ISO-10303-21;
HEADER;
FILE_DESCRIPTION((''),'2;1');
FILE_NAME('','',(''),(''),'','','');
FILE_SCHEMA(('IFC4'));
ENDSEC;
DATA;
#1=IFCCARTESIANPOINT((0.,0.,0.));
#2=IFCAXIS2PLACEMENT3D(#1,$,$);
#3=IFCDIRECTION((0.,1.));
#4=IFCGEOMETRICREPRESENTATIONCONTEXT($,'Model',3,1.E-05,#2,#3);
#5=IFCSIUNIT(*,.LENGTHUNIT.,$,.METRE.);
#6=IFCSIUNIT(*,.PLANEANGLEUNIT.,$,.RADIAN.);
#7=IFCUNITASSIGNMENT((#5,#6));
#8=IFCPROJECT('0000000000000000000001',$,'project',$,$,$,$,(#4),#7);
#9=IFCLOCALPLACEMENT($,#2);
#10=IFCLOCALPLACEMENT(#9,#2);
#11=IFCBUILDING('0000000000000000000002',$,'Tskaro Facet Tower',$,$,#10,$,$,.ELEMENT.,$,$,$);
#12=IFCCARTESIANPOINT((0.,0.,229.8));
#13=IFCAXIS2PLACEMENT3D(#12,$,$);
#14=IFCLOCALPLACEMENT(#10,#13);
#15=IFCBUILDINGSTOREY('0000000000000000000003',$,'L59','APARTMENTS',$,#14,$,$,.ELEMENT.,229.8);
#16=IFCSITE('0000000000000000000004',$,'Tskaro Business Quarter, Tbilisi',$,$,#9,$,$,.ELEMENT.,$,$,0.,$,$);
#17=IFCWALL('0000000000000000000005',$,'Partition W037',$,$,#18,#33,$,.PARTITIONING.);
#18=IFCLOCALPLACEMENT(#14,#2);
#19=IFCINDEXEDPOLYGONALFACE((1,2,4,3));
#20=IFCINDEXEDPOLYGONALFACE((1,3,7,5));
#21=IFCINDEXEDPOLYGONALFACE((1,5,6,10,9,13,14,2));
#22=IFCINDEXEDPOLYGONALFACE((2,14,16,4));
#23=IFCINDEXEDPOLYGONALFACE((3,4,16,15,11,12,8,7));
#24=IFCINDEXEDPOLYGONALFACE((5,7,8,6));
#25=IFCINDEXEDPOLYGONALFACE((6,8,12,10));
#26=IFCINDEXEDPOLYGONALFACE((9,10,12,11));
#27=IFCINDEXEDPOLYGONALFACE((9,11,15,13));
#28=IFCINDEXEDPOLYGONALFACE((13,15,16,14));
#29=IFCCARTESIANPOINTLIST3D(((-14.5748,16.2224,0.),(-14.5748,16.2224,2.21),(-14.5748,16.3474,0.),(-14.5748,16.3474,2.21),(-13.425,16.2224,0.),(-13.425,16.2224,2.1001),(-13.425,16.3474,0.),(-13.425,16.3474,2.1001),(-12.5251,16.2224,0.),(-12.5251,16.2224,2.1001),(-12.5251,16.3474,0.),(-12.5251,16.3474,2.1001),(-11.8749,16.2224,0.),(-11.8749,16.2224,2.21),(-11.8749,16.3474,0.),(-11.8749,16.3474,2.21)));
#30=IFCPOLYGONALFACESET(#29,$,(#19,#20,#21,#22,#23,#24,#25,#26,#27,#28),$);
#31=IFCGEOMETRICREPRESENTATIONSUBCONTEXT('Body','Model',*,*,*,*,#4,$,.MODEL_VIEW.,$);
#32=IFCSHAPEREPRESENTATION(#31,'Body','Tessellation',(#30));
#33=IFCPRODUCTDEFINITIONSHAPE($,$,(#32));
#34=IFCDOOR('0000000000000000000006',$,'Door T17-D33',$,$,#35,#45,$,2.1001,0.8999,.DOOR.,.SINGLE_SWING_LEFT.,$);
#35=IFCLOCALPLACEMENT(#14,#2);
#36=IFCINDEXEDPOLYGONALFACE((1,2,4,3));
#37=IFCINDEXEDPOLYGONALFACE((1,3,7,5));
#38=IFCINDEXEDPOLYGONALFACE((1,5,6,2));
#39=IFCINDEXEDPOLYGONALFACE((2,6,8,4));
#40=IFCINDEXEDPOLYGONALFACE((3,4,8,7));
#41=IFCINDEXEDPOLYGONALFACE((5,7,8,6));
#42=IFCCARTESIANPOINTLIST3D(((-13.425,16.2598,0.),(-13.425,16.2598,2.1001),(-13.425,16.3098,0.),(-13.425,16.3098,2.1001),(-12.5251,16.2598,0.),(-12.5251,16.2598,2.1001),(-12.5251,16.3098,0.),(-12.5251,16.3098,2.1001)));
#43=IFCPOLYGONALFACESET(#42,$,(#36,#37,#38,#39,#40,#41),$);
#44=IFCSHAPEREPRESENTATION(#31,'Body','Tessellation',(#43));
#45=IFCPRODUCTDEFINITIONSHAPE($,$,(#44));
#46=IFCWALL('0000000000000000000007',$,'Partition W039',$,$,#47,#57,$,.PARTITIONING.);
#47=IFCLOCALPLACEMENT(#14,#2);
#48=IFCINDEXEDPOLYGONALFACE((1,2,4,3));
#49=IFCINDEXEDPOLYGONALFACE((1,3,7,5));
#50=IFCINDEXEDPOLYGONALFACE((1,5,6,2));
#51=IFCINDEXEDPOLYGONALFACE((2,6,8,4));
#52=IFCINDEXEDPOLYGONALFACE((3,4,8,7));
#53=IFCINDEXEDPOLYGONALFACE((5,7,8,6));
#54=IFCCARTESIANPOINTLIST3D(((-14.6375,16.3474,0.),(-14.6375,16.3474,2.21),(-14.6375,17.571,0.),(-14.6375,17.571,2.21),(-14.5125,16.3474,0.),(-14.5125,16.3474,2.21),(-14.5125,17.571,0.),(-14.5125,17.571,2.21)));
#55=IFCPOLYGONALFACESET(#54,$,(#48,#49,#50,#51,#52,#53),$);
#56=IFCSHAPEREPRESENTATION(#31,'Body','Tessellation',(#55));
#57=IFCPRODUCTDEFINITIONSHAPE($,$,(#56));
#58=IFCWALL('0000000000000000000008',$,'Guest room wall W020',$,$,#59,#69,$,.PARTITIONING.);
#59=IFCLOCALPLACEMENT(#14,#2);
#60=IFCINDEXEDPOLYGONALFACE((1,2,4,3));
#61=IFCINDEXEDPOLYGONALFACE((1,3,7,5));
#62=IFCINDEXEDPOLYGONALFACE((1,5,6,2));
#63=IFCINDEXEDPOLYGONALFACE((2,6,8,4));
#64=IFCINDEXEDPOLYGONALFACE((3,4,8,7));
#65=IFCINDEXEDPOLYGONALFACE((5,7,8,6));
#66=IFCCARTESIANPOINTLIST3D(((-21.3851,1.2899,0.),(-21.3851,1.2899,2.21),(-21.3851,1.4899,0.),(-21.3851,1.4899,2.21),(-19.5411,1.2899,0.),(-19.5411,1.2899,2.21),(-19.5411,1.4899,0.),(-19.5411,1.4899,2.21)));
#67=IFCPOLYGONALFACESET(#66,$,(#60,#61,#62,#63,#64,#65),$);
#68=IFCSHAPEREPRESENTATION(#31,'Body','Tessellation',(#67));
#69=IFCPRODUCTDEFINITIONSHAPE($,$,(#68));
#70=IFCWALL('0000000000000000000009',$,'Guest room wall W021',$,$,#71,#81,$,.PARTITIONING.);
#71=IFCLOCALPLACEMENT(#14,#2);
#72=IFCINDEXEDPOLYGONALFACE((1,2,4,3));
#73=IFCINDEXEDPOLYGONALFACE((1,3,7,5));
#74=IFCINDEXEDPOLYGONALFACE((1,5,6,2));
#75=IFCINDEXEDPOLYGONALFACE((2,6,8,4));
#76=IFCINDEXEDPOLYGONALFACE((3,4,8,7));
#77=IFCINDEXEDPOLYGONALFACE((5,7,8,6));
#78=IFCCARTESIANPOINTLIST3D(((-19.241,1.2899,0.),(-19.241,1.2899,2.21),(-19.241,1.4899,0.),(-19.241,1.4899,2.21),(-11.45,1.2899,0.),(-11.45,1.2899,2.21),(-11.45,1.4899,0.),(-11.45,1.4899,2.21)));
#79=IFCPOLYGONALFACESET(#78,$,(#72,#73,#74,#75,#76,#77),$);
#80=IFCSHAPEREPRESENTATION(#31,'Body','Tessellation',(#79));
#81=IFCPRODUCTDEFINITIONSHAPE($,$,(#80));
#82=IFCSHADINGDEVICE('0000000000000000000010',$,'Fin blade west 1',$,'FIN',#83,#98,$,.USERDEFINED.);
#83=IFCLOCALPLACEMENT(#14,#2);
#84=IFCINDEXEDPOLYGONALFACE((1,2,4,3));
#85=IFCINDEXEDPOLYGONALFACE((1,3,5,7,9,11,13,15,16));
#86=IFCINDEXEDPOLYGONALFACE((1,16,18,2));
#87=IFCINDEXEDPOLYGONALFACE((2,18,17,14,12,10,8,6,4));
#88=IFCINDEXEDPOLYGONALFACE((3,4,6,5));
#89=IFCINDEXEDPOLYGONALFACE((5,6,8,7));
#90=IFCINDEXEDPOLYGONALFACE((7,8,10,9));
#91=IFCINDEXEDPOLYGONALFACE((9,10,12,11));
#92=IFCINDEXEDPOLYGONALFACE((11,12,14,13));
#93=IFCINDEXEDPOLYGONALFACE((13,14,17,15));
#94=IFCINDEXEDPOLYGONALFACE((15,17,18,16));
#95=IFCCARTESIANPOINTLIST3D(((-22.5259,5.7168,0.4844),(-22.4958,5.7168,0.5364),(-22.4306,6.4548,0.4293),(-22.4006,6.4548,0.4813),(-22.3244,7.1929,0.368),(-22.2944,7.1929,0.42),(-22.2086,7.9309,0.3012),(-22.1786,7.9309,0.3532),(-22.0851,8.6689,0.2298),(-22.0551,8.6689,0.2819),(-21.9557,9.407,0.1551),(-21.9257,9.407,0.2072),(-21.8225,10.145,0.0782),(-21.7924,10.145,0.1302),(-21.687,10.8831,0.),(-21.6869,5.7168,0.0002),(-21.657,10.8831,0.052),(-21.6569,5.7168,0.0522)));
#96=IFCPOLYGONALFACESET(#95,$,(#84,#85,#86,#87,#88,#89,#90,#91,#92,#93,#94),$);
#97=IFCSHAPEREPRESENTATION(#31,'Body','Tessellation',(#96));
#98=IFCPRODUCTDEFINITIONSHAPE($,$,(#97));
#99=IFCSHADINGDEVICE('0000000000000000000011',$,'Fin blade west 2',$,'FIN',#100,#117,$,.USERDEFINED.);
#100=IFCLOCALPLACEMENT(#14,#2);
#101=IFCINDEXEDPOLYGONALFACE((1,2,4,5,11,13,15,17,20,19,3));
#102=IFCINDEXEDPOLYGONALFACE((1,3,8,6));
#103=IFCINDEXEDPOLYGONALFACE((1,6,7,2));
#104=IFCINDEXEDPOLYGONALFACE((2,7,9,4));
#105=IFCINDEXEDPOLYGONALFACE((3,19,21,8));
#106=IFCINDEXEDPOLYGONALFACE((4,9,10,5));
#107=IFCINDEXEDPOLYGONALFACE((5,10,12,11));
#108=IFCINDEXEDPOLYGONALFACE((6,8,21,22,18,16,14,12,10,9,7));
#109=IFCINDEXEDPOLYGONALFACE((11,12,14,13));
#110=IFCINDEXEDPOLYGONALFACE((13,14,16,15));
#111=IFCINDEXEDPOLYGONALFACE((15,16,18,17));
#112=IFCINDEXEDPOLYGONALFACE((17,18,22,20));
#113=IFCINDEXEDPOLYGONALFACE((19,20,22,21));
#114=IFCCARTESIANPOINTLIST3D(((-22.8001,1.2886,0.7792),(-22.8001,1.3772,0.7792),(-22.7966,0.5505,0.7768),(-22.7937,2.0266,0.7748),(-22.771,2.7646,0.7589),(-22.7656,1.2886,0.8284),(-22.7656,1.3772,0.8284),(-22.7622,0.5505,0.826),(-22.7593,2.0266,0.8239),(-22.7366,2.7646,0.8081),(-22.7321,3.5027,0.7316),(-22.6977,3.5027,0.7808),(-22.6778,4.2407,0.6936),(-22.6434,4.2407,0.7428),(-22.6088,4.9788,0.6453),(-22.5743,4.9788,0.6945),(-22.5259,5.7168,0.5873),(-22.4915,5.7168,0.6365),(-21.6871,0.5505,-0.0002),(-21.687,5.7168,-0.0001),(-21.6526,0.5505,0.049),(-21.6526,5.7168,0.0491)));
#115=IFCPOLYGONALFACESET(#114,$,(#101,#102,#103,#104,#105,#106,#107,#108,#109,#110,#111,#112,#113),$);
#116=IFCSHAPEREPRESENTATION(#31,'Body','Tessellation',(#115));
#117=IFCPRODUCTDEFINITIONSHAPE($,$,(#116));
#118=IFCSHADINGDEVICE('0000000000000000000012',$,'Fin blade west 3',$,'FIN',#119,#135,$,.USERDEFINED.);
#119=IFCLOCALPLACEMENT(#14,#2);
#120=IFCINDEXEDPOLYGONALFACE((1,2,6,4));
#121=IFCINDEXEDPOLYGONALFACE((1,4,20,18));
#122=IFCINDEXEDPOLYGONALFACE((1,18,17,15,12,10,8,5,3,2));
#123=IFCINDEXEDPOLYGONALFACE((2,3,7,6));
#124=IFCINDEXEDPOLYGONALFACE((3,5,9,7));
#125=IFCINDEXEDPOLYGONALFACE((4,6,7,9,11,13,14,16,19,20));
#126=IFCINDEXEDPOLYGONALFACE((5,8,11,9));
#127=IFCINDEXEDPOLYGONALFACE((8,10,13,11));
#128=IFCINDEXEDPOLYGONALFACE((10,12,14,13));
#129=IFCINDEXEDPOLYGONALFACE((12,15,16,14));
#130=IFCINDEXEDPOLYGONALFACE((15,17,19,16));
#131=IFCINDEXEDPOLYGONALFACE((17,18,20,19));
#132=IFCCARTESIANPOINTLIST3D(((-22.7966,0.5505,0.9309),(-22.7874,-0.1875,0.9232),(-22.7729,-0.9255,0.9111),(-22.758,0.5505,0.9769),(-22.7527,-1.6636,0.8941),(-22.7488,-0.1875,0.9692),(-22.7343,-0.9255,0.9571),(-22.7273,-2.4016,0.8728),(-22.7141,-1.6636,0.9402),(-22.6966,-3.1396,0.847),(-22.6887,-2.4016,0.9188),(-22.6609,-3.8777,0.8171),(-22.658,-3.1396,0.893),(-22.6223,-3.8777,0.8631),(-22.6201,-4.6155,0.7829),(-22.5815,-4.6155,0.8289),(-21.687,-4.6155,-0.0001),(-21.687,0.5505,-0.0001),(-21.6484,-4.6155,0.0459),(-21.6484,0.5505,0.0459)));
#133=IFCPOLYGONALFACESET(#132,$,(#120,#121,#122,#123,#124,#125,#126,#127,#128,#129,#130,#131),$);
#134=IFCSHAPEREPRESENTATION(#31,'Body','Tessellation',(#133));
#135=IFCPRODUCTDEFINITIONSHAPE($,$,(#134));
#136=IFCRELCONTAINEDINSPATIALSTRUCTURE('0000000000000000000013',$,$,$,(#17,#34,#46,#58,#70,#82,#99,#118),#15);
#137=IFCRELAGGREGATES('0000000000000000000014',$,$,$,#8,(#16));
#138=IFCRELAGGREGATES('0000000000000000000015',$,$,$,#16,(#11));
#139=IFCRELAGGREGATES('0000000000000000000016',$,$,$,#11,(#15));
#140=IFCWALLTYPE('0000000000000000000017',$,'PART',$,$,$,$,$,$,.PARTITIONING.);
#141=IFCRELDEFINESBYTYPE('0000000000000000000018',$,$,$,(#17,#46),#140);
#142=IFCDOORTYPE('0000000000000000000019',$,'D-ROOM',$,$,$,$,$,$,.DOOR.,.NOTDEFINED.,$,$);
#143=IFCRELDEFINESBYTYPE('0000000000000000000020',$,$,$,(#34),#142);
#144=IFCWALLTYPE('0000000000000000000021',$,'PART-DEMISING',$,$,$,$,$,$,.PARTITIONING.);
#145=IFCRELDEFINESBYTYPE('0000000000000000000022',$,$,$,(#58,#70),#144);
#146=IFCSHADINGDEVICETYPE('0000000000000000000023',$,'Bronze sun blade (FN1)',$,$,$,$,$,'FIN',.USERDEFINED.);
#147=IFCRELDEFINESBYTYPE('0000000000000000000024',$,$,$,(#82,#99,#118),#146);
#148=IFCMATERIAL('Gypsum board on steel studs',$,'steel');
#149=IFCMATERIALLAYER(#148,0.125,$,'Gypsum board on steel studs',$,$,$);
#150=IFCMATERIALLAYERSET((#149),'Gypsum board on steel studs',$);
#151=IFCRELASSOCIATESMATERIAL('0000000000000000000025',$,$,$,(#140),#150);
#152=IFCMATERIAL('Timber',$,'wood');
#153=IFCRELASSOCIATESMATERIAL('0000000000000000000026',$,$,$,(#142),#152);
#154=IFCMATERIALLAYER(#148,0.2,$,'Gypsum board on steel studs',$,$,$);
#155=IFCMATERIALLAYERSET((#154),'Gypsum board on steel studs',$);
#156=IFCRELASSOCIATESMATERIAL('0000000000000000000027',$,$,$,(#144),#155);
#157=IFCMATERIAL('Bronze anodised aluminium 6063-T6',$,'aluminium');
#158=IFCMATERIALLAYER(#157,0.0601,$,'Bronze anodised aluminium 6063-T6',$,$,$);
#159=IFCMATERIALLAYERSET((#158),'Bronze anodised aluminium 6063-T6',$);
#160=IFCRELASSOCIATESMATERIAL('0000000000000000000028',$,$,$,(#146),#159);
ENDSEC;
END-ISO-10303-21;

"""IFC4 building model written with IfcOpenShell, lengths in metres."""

from ifc_helpers import new_model, si_unit, direction, frame, frame_2d, origin, place, context, subcontext, project, spatial, polyline, rectangle, outline, extrude, material, layer, layer_set, type_object, element, fill, save


model = new_model("IFC4")

# Units and contexts
model_context = context("Model", 3, precision=1e-05, world=origin(), true_north=direction((0.0, 1.0)))
body_context = subcontext(model_context, "Body", "Model", "MODEL_VIEW")
ifc_project = project(units=[si_unit("LENGTHUNIT", "METRE"), si_unit("PLANEANGLEUNIT", "RADIAN")], contexts=[model_context])

# Site, building, storey
site_placement = place(None, origin())
site = spatial("IfcSite", under=ifc_project, at=site_placement, Name="Tskaro Business Quarter, Tbilisi", CompositionType="ELEMENT", RefElevation=0.0)
building_placement = place(site_placement, origin())
building = spatial("IfcBuilding", under=site, at=building_placement, Name="Tskaro Facet Tower", CompositionType="ELEMENT")
storey_placement = place(building_placement, frame((0.0, 0.0, 229.8)))
storey = spatial("IfcBuildingStorey", under=building, at=storey_placement, Name="L59", Description="APARTMENTS", CompositionType="ELEMENT", Elevation=229.8)

# Shared definitions
ifc_material_1 = material(Name="Bronze anodised aluminium 6063-T6", Category="aluminium")

# Shared definitions
ifc_material_2 = material(Name="Gypsum board on steel studs", Category="steel")
ifc_layer_1 = layer(ifc_material_2, 0.125, Name="Gypsum board on steel studs")
ifc_layer_set_1 = layer_set([ifc_layer_1], Name="Gypsum board on steel studs")
wall_type_1 = type_object("IfcWallType", Name="PART", PredefinedType="PARTITIONING", material=ifc_layer_set_1)

# Shared definitions
ifc_material_3 = material(Name="Timber", Category="wood")
door_type = type_object("IfcDoorType", Name="D-ROOM", OperationType="NOTDEFINED", PredefinedType="DOOR", material=ifc_material_3)

# Wall, opening, door
wall_1_placement = place(storey_placement, frame((-14.575, 16.2849, 0.0), z_axis=(0.0, 0.0, 1.0), x_axis=(1.0, 0.0, 0.0)))
wall_1 = element("IfcWall", 1, at=wall_1_placement, inside=storey, type_object=wall_type_1, Name="Partition W037", PredefinedType="PARTITIONING", context=body_context, shape_type="SweptSolid", body=[
    extrude(rectangle(XDim=2.7, YDim=0.125, at=frame_2d((1.3501, 0.0))), origin(), (0.0, 0.0, 1.0), 2.21),
])
opening_1_placement = place(wall_1_placement, frame((1.1499, 0.0, 0.0)))
opening_1 = element("IfcOpeningElement", 2, at=opening_1_placement, cuts=wall_1, PredefinedType="OPENING", context=body_context, shape_type="SweptSolid", body=[
    extrude(rectangle(XDim=0.8999, YDim=2.1001, at=frame_2d((0.45, 1.05))), frame((0.0, 0.0725, 0.0), z_axis=(0.0, -1.0, 0.0), x_axis=(1.0, 0.0, 0.0)), (0.0, 0.0, 1.0), 0.145),
])
door_1_placement = place(opening_1_placement, origin())
door_1 = element("IfcDoor", 3, at=door_1_placement, inside=storey, type_object=door_type, Name="Door T17-D33", OperationType="SINGLE_SWING_LEFT", OverallHeight=2.1001, OverallWidth=0.8999, PredefinedType="DOOR", context=body_context, shape_type="SweptSolid", body=[
    extrude(rectangle(XDim=0.8999, YDim=2.1001, at=frame_2d((0.45, 1.05))), frame((0.0, 0.0249, 0.0), z_axis=(0.0, -1.0, 0.0), x_axis=(1.0, 0.0, 0.0)), (0.0, 0.0, 1.0), 0.05),
])
fill(opening_1, door_1)

# Walls
wall_2_placement = place(storey_placement, frame((-14.575, 16.3474, 0.0), z_axis=(0.0, 0.0, 1.0), x_axis=(0.0, 1.0, 0.0)))
element("IfcWall", 4, at=wall_2_placement, inside=storey, type_object=wall_type_1, Name="Partition W039", PredefinedType="PARTITIONING", context=body_context, shape_type="SweptSolid", body=[
    extrude(rectangle(XDim=1.2236, YDim=0.125, at=frame_2d((0.6118, 0.0))), origin(), (0.0, 0.0, 1.0), 2.21),
])
ifc_layer_2 = layer(ifc_material_2, 0.2, Name="Gypsum board on steel studs")
ifc_layer_set_2 = layer_set([ifc_layer_2], Name="Gypsum board on steel studs")
wall_type_2 = type_object("IfcWallType", Name="PART-DEMISING", PredefinedType="PARTITIONING", material=ifc_layer_set_2)
wall_3_placement = place(storey_placement, frame((-21.385, 1.3899, 0.0), z_axis=(0.0, 0.0, 1.0), x_axis=(1.0, 0.0, 0.0)))
element("IfcWall", 5, at=wall_3_placement, inside=storey, type_object=wall_type_2, Name="Guest room wall W020", PredefinedType="PARTITIONING", context=body_context, shape_type="SweptSolid", body=[
    extrude(rectangle(XDim=1.844, YDim=0.2, at=frame_2d((0.9219, 0.0))), origin(), (0.0, 0.0, 1.0), 2.21),
])
wall_4_placement = place(storey_placement, frame((-19.241, 1.3899, 0.0), z_axis=(0.0, 0.0, 1.0), x_axis=(1.0, 0.0, 0.0)))
element("IfcWall", 6, at=wall_4_placement, inside=storey, type_object=wall_type_2, Name="Guest room wall W021", PredefinedType="PARTITIONING", context=body_context, shape_type="SweptSolid", body=[
    extrude(rectangle(XDim=7.791, YDim=0.2, at=frame_2d((3.8955, 0.0))), origin(), (0.0, 0.0, 1.0), 2.21),
])

# Shading devices
ifc_layer_3 = layer(ifc_material_1, 0.0601, Name="Bronze anodised aluminium 6063-T6")
ifc_layer_set_3 = layer_set([ifc_layer_3], Name="Bronze anodised aluminium 6063-T6")
shading_device_type = type_object("IfcShadingDeviceType", Name="Bronze sun blade (FN1)", ElementType="FIN", PredefinedType="USERDEFINED", material=ifc_layer_set_3)
shading_device_1_placement = place(storey_placement, frame((-21.657, 10.8831, 0.052), z_axis=(0.499822, 0.000048, 0.866128), x_axis=(0.000024, -1.0, 0.000041)))
element("IfcShadingDevice", 7, at=shading_device_1_placement, inside=storey, type_object=shading_device_type, Name="Fin blade west 1", ObjectType="FIN", PredefinedType="USERDEFINED", context=body_context, shape_type="SweptSolid", body=[
    extrude(outline(polyline([(0.0, 0.0), (5.1663, 0.0), (5.1663, -0.9687), (4.4282, -0.8586), (3.6902, -0.736), (2.9521, -0.6023), (2.2141, -0.4597), (1.4761, -0.3103), (0.738, -0.1564), (0.0, 0.0)])), origin(), (0.0, 0.0, -1.0), 0.0601),
])
shading_device_2_placement = place(storey_placement, frame((-21.6526, 5.7168, 0.0491), z_axis=(0.573582, -0.000013, 0.819148), x_axis=(-0.000008, -1.0, -0.000011)))
element("IfcShadingDevice", 8, at=shading_device_2_placement, inside=storey, type_object=shading_device_type, Name="Fin blade west 2", ObjectType="FIN", PredefinedType="USERDEFINED", context=body_context, shape_type="SweptSolid", body=[
    extrude(outline(polyline([(0.0, 0.0), (5.1663, 0.0), (5.1663, -1.3545), (4.4282, -1.3587), (4.3396, -1.3587), (3.6902, -1.351), (2.9521, -1.3233), (2.2141, -1.2758), (1.4761, -1.2095), (0.738, -1.1252), (0.0, -1.0241), (0.0, 0.0)])), origin(), (0.0, 0.0, -1.0), 0.0601),
])
shading_device_3_placement = place(storey_placement, frame((-21.6484, 0.5505, 0.0459), z_axis=(0.642781, 0.000013, 0.76605), x_axis=(0.000008, -1.0, 0.00001)))
element("IfcShadingDevice", 9, at=shading_device_3_placement, inside=storey, type_object=shading_device_type, Name="Fin blade west 3", ObjectType="FIN", PredefinedType="USERDEFINED", context=body_context, shape_type="SweptSolid", body=[
    extrude(outline(polyline([(0.0, 0.0), (5.166, 0.0), (5.166, -1.2181), (4.4282, -1.2713), (3.6902, -1.3179), (2.9521, -1.3579), (2.2141, -1.3912), (1.4761, -1.4175), (0.738, -1.4364), (0.0, -1.4484), (0.0, 0.0)])), origin(), (0.0, 0.0, -1.0), 0.0601),
])

save(model, "model.ifc")
